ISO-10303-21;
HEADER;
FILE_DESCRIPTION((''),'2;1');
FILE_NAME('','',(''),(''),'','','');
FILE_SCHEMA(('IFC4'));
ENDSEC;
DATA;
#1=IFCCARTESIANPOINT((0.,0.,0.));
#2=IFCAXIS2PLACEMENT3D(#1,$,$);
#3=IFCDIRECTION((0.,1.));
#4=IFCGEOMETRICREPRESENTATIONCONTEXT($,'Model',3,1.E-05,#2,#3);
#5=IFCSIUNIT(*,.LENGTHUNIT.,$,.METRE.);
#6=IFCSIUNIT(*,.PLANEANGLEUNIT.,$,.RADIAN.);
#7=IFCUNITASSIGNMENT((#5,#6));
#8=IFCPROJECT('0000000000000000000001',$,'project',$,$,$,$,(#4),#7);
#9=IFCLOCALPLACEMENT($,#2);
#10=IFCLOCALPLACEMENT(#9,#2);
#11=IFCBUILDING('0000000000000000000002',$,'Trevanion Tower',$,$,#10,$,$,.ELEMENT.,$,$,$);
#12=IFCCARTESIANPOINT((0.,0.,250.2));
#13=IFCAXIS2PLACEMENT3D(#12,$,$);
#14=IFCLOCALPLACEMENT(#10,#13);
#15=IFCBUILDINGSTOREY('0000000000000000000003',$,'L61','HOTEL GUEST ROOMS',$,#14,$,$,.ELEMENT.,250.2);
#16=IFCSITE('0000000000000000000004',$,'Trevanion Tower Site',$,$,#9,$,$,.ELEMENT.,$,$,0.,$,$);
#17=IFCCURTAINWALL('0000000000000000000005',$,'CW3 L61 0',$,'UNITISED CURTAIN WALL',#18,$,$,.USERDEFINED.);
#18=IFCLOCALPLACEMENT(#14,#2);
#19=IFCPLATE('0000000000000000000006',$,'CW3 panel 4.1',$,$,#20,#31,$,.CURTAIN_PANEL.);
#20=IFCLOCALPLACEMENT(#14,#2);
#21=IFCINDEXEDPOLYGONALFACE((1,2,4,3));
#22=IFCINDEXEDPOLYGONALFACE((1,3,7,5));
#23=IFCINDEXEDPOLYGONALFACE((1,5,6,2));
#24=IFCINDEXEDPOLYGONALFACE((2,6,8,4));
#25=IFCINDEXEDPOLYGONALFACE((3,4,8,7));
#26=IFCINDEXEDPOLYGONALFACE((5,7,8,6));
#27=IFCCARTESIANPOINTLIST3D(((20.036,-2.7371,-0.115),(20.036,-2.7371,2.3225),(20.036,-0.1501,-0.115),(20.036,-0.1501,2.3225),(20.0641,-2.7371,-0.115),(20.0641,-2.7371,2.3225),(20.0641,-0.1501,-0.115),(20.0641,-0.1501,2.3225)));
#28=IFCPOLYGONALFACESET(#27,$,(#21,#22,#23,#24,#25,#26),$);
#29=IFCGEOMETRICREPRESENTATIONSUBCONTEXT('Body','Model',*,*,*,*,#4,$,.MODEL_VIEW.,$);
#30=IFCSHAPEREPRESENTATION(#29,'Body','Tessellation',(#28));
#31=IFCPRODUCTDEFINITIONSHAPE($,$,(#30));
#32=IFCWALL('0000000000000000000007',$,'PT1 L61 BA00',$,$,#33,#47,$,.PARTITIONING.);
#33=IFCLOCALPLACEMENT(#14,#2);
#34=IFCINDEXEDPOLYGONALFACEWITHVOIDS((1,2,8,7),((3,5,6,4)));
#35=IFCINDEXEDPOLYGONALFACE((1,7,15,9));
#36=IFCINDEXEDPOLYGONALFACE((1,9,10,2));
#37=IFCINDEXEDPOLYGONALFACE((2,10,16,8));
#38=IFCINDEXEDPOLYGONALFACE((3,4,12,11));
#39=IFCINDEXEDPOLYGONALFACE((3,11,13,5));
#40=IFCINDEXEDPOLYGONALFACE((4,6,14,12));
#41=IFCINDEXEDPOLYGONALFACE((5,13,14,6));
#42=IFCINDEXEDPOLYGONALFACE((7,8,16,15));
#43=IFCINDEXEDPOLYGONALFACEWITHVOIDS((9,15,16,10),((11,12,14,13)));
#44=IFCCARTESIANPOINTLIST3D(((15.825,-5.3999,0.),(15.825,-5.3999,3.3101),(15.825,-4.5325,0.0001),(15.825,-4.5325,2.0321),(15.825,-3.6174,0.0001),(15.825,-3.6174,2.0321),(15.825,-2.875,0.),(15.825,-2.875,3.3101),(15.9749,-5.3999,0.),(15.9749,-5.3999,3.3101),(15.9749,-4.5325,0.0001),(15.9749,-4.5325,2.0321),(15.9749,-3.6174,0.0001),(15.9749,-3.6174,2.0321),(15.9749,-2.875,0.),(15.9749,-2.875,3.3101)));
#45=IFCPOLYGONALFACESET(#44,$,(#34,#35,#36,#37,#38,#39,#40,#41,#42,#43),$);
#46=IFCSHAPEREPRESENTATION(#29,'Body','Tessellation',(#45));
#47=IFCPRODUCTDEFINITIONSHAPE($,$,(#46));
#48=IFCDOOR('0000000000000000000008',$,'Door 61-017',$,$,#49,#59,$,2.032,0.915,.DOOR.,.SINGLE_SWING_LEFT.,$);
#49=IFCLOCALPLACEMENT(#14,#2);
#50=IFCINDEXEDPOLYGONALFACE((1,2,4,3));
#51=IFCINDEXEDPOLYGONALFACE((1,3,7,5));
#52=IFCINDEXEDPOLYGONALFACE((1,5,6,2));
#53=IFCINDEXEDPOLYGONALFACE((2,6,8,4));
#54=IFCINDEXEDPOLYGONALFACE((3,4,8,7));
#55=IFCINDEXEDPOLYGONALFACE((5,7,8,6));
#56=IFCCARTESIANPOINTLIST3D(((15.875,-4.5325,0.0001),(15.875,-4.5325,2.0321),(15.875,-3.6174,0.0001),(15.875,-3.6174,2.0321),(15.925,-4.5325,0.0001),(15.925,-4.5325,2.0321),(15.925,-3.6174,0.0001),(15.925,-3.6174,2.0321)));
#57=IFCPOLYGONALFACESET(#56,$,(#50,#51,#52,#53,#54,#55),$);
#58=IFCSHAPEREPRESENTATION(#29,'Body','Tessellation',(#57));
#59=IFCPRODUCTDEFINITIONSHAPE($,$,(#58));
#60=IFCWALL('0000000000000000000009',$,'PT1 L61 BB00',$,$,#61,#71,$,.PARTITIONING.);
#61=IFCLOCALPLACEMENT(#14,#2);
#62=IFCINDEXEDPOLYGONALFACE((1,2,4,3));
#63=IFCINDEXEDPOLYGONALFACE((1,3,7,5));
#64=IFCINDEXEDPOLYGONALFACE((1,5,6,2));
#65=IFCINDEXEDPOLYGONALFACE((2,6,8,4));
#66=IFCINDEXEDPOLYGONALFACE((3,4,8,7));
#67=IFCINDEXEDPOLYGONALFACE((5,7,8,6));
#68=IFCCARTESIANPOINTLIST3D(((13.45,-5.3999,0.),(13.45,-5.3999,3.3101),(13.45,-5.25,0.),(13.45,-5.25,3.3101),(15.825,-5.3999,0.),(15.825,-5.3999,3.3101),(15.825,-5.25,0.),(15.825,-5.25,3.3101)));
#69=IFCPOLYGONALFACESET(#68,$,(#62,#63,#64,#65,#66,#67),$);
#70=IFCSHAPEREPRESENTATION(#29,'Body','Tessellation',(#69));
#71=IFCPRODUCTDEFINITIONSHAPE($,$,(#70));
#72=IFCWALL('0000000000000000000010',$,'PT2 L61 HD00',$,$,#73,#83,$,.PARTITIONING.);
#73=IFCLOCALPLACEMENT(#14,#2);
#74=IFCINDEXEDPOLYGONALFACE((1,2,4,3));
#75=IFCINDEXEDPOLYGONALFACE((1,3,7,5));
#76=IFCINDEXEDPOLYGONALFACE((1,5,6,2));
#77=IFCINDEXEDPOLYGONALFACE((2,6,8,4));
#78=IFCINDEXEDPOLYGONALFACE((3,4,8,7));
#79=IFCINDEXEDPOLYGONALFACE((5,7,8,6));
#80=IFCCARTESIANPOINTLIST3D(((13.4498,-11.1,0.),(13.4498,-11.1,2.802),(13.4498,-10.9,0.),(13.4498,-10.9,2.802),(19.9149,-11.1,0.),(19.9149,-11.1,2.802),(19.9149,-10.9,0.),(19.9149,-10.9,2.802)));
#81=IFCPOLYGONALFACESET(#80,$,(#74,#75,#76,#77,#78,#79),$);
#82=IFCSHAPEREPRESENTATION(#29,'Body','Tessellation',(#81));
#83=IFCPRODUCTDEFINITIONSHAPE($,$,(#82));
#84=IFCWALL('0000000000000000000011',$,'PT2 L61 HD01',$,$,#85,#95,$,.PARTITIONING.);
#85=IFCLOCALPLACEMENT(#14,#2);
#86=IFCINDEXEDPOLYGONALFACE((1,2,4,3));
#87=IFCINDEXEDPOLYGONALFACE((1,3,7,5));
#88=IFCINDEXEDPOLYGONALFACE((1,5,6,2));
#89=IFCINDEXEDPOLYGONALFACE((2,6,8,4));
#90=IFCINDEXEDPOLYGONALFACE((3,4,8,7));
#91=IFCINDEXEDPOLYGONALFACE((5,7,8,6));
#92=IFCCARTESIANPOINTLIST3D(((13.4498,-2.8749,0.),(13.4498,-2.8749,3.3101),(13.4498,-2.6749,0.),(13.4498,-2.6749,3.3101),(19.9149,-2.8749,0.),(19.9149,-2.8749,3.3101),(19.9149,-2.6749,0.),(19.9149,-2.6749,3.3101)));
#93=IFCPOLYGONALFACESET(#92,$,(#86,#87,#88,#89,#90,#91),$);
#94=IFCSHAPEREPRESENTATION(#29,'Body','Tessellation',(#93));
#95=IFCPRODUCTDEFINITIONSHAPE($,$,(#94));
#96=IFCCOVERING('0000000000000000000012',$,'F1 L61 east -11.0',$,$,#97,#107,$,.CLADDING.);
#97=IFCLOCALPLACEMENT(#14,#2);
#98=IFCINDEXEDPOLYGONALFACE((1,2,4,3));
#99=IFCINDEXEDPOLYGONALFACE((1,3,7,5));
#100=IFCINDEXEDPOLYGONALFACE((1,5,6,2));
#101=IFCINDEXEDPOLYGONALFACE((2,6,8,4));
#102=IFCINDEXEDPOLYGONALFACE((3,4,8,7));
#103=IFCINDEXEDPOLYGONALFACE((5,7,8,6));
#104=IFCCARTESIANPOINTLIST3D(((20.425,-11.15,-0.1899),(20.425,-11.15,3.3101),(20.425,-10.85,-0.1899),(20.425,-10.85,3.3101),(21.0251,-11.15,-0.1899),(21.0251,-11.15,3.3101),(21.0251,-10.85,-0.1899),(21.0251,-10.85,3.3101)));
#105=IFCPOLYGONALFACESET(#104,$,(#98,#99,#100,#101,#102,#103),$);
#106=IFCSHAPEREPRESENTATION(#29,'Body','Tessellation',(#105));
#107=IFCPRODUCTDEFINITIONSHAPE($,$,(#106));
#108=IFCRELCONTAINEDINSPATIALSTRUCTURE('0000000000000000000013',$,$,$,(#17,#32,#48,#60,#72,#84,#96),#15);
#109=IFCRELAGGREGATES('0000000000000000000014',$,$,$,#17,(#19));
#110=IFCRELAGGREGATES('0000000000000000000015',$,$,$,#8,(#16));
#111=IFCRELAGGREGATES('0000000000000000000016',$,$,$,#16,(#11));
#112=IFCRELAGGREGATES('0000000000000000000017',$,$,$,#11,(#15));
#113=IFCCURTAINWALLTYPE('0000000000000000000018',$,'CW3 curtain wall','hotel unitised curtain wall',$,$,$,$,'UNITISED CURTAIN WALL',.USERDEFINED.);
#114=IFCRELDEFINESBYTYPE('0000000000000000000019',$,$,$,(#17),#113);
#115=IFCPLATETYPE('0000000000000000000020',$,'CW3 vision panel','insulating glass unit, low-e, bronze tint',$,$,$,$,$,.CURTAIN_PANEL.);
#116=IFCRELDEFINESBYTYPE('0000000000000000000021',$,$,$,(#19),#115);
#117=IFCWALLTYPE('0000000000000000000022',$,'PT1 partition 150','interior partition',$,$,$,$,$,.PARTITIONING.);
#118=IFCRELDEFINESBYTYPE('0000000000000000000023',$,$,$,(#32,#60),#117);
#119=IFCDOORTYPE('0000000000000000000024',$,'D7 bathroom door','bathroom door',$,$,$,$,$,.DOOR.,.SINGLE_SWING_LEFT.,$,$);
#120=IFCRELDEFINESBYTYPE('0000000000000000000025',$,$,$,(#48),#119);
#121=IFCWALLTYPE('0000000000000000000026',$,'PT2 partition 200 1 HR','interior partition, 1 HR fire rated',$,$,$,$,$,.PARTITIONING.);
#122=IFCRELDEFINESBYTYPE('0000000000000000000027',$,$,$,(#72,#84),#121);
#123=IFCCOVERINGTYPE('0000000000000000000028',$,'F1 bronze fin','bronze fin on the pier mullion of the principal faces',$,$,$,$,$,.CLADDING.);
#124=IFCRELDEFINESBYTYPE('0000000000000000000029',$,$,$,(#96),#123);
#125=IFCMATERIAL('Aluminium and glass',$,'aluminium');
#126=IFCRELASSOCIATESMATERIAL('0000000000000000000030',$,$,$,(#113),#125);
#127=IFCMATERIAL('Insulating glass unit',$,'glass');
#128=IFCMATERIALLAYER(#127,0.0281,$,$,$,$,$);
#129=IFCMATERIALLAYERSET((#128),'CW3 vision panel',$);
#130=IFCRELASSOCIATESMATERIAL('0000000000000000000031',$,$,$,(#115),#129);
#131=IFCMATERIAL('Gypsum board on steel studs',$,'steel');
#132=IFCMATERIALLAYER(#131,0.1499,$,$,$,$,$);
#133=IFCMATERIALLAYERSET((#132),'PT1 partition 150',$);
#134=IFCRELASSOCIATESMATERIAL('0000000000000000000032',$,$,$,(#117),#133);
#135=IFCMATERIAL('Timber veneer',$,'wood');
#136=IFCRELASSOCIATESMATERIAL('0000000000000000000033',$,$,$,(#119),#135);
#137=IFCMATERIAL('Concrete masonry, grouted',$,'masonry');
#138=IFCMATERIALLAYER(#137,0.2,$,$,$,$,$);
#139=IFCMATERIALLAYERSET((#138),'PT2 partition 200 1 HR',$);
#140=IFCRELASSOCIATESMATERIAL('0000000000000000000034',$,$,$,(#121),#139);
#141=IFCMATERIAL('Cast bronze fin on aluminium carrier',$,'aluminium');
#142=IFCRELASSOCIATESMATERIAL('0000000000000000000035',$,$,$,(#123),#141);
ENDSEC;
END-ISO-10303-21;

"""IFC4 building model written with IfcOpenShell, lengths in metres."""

from ifc_helpers import new_model, si_unit, direction, frame, frame_2d, origin, origin_2d, place, context, subcontext, project, spatial, rectangle, extrude, material, layer, layer_set, type_object, element, fill, aggregate, save


model = new_model("IFC4")

# Units and contexts
model_context = context("Model", 3, precision=1e-05, world=origin(), true_north=direction((0.0, 1.0)))
body_context = subcontext(model_context, "Body", "Model", "MODEL_VIEW")
ifc_project = project(units=[si_unit("LENGTHUNIT", "METRE"), si_unit("PLANEANGLEUNIT", "RADIAN")], contexts=[model_context])

# Site, building, storey
site_placement = place(None, origin())
site = spatial("IfcSite", under=ifc_project, at=site_placement, Name="Trevanion Tower Site", CompositionType="ELEMENT", RefElevation=0.0)
building_placement = place(site_placement, origin())
building = spatial("IfcBuilding", under=site, at=building_placement, Name="Trevanion Tower", CompositionType="ELEMENT")
storey_placement = place(building_placement, frame((0.0, 0.0, 250.2)))
storey = spatial("IfcBuildingStorey", under=building, at=storey_placement, Name="L61", Description="HOTEL GUEST ROOMS", CompositionType="ELEMENT", Elevation=250.2)

# Curtain wall
ifc_material_1 = material(Name="Aluminium and glass", Category="aluminium")
curtain_wall_type = type_object("IfcCurtainWallType", Name="CW3 curtain wall", Description="hotel unitised curtain wall", ElementType="UNITISED CURTAIN WALL", PredefinedType="USERDEFINED", material=ifc_material_1)
curtain_wall_placement = place(storey_placement, origin())
curtain_wall = element("IfcCurtainWall", 1, at=curtain_wall_placement, inside=storey, type_object=curtain_wall_type, Name="CW3 L61 0", ObjectType="UNITISED CURTAIN WALL", PredefinedType="USERDEFINED")

# Plate
ifc_material_2 = material(Name="Insulating glass unit", Category="glass")
ifc_layer_1 = layer(ifc_material_2, 0.0281)
ifc_layer_set_1 = layer_set([ifc_layer_1], Name="CW3 vision panel")
plate_type_1 = type_object("IfcPlateType", Name="CW3 vision panel", Description="insulating glass unit, low-e, bronze tint", PredefinedType="CURTAIN_PANEL", material=ifc_layer_set_1)
plate_1_placement = place(storey_placement, frame((20.05, -1.4436, -0.115), z_axis=(0.0, 0.0, 1.0), x_axis=(0.0, 1.0, 0.0)))
plate_1 = element("IfcPlate", 2, at=plate_1_placement, type_object=plate_type_1, Name="CW3 panel 4.1", PredefinedType="CURTAIN_PANEL", context=body_context, shape_type="SweptSolid", body=[
    extrude(rectangle(XDim=2.5869, YDim=0.0281, at=origin_2d()), origin(), (0.0, 0.0, 1.0), 2.4375),
])
aggregate(curtain_wall, [plate_1])

# Wall, opening, door
ifc_material_3 = material(Name="Gypsum board on steel studs", Category="steel")
ifc_layer_2 = layer(ifc_material_3, 0.1499)
ifc_layer_set_2 = layer_set([ifc_layer_2], Name="PT1 partition 150")
wall_type_1 = type_object("IfcWallType", Name="PT1 partition 150", Description="interior partition", PredefinedType="PARTITIONING", material=ifc_layer_set_2)
wall_1_placement = place(storey_placement, frame((15.8999, -5.3999, 0.0), z_axis=(0.0, 0.0, 1.0), x_axis=(0.0, 1.0, 0.0)))
wall_1 = element("IfcWall", 3, at=wall_1_placement, inside=storey, type_object=wall_type_1, Name="PT1 L61 BA00", PredefinedType="PARTITIONING", context=body_context, shape_type="SweptSolid", body=[
    extrude(rectangle(XDim=2.5249, YDim=0.1499, at=frame_2d((1.2625, 0.0))), origin(), (0.0, 0.0, 1.0), 3.3101),
])
opening_placement = place(wall_1_placement, frame((0.8674, 0.0, 0.0)))
opening = element("IfcOpeningElement", 4, at=opening_placement, cuts=wall_1, PredefinedType="OPENING", context=body_context, shape_type="SweptSolid", body=[
    extrude(rectangle(XDim=0.915, YDim=2.032, at=frame_2d((0.4575, 1.0161))), frame((0.0, 0.085, 0.0), z_axis=(0.0, -1.0, 0.0), x_axis=(1.0, 0.0, 0.0)), (0.0, 0.0, 1.0), 0.1699),
])
ifc_material_4 = material(Name="Timber veneer", Category="wood")
door_type = type_object("IfcDoorType", Name="D7 bathroom door", Description="bathroom door", OperationType="SINGLE_SWING_LEFT", PredefinedType="DOOR", material=ifc_material_4)
door_placement = place(opening_placement, origin())
door = element("IfcDoor", 5, at=door_placement, inside=storey, type_object=door_type, Name="Door 61-017", OperationType="SINGLE_SWING_LEFT", OverallHeight=2.032, OverallWidth=0.915, PredefinedType="DOOR", context=body_context, shape_type="SweptSolid", body=[
    extrude(rectangle(XDim=0.915, YDim=2.032, at=frame_2d((0.4575, 1.0161))), frame((0.0, 0.0249, 0.0), z_axis=(0.0, -1.0, 0.0), x_axis=(1.0, 0.0, 0.0)), (0.0, 0.0, 1.0), 0.05),
])
fill(opening, door)

# Walls
wall_2_placement = place(storey_placement, frame((13.45, -5.325, 0.0), z_axis=(0.0, 0.0, 1.0), x_axis=(1.0, 0.0, 0.0)))
element("IfcWall", 6, at=wall_2_placement, inside=storey, type_object=wall_type_1, Name="PT1 L61 BB00", PredefinedType="PARTITIONING", context=body_context, shape_type="SweptSolid", body=[
    extrude(rectangle(XDim=2.375, YDim=0.1499, at=frame_2d((1.1875, 0.0))), origin(), (0.0, 0.0, 1.0), 3.3101),
])
ifc_material_5 = material(Name="Concrete masonry, grouted", Category="masonry")
ifc_layer_3 = layer(ifc_material_5, 0.2)
ifc_layer_set_3 = layer_set([ifc_layer_3], Name="PT2 partition 200 1 HR")
wall_type_2 = type_object("IfcWallType", Name="PT2 partition 200 1 HR", Description="interior partition, 1 HR fire rated", PredefinedType="PARTITIONING", material=ifc_layer_set_3)
wall_3_placement = place(storey_placement, frame((13.45, -11.0, 0.0), z_axis=(0.0, 0.0, 1.0), x_axis=(1.0, 0.0, 0.0)))
element("IfcWall", 7, at=wall_3_placement, inside=storey, type_object=wall_type_2, Name="PT2 L61 HD00", PredefinedType="PARTITIONING", context=body_context, shape_type="SweptSolid", body=[
    extrude(rectangle(XDim=6.4651, YDim=0.2, at=frame_2d((3.2324, 0.0))), origin(), (0.0, 0.0, 1.0), 2.802),
])
wall_4_placement = place(storey_placement, frame((13.45, -2.7749, 0.0), z_axis=(0.0, 0.0, 1.0), x_axis=(1.0, 0.0, 0.0)))
element("IfcWall", 8, at=wall_4_placement, inside=storey, type_object=wall_type_2, Name="PT2 L61 HD01", PredefinedType="PARTITIONING", context=body_context, shape_type="SweptSolid", body=[
    extrude(rectangle(XDim=6.4651, YDim=0.2, at=frame_2d((3.2324, 0.0))), origin(), (0.0, 0.0, 1.0), 3.3101),
])

# Covering
ifc_material_6 = material(Name="Cast bronze fin on aluminium carrier", Category="aluminium")
covering_type = type_object("IfcCoveringType", Name="F1 bronze fin", Description="bronze fin on the pier mullion of the principal faces", PredefinedType="CLADDING", material=ifc_material_6)
covering_placement = place(storey_placement, frame((20.7251, -11.0, -0.1899), z_axis=(0.0, 0.0, 1.0), x_axis=(0.0, 1.0, 0.0)))
element("IfcCovering", 9, at=covering_placement, inside=storey, type_object=covering_type, Name="F1 L61 east -11.0", PredefinedType="CLADDING", context=body_context, shape_type="SweptSolid", body=[
    extrude(rectangle(XDim=0.3, YDim=0.6001, at=origin_2d()), origin(), (0.0, 0.0, 1.0), 3.5),
])

save(model, "model.ifc")
